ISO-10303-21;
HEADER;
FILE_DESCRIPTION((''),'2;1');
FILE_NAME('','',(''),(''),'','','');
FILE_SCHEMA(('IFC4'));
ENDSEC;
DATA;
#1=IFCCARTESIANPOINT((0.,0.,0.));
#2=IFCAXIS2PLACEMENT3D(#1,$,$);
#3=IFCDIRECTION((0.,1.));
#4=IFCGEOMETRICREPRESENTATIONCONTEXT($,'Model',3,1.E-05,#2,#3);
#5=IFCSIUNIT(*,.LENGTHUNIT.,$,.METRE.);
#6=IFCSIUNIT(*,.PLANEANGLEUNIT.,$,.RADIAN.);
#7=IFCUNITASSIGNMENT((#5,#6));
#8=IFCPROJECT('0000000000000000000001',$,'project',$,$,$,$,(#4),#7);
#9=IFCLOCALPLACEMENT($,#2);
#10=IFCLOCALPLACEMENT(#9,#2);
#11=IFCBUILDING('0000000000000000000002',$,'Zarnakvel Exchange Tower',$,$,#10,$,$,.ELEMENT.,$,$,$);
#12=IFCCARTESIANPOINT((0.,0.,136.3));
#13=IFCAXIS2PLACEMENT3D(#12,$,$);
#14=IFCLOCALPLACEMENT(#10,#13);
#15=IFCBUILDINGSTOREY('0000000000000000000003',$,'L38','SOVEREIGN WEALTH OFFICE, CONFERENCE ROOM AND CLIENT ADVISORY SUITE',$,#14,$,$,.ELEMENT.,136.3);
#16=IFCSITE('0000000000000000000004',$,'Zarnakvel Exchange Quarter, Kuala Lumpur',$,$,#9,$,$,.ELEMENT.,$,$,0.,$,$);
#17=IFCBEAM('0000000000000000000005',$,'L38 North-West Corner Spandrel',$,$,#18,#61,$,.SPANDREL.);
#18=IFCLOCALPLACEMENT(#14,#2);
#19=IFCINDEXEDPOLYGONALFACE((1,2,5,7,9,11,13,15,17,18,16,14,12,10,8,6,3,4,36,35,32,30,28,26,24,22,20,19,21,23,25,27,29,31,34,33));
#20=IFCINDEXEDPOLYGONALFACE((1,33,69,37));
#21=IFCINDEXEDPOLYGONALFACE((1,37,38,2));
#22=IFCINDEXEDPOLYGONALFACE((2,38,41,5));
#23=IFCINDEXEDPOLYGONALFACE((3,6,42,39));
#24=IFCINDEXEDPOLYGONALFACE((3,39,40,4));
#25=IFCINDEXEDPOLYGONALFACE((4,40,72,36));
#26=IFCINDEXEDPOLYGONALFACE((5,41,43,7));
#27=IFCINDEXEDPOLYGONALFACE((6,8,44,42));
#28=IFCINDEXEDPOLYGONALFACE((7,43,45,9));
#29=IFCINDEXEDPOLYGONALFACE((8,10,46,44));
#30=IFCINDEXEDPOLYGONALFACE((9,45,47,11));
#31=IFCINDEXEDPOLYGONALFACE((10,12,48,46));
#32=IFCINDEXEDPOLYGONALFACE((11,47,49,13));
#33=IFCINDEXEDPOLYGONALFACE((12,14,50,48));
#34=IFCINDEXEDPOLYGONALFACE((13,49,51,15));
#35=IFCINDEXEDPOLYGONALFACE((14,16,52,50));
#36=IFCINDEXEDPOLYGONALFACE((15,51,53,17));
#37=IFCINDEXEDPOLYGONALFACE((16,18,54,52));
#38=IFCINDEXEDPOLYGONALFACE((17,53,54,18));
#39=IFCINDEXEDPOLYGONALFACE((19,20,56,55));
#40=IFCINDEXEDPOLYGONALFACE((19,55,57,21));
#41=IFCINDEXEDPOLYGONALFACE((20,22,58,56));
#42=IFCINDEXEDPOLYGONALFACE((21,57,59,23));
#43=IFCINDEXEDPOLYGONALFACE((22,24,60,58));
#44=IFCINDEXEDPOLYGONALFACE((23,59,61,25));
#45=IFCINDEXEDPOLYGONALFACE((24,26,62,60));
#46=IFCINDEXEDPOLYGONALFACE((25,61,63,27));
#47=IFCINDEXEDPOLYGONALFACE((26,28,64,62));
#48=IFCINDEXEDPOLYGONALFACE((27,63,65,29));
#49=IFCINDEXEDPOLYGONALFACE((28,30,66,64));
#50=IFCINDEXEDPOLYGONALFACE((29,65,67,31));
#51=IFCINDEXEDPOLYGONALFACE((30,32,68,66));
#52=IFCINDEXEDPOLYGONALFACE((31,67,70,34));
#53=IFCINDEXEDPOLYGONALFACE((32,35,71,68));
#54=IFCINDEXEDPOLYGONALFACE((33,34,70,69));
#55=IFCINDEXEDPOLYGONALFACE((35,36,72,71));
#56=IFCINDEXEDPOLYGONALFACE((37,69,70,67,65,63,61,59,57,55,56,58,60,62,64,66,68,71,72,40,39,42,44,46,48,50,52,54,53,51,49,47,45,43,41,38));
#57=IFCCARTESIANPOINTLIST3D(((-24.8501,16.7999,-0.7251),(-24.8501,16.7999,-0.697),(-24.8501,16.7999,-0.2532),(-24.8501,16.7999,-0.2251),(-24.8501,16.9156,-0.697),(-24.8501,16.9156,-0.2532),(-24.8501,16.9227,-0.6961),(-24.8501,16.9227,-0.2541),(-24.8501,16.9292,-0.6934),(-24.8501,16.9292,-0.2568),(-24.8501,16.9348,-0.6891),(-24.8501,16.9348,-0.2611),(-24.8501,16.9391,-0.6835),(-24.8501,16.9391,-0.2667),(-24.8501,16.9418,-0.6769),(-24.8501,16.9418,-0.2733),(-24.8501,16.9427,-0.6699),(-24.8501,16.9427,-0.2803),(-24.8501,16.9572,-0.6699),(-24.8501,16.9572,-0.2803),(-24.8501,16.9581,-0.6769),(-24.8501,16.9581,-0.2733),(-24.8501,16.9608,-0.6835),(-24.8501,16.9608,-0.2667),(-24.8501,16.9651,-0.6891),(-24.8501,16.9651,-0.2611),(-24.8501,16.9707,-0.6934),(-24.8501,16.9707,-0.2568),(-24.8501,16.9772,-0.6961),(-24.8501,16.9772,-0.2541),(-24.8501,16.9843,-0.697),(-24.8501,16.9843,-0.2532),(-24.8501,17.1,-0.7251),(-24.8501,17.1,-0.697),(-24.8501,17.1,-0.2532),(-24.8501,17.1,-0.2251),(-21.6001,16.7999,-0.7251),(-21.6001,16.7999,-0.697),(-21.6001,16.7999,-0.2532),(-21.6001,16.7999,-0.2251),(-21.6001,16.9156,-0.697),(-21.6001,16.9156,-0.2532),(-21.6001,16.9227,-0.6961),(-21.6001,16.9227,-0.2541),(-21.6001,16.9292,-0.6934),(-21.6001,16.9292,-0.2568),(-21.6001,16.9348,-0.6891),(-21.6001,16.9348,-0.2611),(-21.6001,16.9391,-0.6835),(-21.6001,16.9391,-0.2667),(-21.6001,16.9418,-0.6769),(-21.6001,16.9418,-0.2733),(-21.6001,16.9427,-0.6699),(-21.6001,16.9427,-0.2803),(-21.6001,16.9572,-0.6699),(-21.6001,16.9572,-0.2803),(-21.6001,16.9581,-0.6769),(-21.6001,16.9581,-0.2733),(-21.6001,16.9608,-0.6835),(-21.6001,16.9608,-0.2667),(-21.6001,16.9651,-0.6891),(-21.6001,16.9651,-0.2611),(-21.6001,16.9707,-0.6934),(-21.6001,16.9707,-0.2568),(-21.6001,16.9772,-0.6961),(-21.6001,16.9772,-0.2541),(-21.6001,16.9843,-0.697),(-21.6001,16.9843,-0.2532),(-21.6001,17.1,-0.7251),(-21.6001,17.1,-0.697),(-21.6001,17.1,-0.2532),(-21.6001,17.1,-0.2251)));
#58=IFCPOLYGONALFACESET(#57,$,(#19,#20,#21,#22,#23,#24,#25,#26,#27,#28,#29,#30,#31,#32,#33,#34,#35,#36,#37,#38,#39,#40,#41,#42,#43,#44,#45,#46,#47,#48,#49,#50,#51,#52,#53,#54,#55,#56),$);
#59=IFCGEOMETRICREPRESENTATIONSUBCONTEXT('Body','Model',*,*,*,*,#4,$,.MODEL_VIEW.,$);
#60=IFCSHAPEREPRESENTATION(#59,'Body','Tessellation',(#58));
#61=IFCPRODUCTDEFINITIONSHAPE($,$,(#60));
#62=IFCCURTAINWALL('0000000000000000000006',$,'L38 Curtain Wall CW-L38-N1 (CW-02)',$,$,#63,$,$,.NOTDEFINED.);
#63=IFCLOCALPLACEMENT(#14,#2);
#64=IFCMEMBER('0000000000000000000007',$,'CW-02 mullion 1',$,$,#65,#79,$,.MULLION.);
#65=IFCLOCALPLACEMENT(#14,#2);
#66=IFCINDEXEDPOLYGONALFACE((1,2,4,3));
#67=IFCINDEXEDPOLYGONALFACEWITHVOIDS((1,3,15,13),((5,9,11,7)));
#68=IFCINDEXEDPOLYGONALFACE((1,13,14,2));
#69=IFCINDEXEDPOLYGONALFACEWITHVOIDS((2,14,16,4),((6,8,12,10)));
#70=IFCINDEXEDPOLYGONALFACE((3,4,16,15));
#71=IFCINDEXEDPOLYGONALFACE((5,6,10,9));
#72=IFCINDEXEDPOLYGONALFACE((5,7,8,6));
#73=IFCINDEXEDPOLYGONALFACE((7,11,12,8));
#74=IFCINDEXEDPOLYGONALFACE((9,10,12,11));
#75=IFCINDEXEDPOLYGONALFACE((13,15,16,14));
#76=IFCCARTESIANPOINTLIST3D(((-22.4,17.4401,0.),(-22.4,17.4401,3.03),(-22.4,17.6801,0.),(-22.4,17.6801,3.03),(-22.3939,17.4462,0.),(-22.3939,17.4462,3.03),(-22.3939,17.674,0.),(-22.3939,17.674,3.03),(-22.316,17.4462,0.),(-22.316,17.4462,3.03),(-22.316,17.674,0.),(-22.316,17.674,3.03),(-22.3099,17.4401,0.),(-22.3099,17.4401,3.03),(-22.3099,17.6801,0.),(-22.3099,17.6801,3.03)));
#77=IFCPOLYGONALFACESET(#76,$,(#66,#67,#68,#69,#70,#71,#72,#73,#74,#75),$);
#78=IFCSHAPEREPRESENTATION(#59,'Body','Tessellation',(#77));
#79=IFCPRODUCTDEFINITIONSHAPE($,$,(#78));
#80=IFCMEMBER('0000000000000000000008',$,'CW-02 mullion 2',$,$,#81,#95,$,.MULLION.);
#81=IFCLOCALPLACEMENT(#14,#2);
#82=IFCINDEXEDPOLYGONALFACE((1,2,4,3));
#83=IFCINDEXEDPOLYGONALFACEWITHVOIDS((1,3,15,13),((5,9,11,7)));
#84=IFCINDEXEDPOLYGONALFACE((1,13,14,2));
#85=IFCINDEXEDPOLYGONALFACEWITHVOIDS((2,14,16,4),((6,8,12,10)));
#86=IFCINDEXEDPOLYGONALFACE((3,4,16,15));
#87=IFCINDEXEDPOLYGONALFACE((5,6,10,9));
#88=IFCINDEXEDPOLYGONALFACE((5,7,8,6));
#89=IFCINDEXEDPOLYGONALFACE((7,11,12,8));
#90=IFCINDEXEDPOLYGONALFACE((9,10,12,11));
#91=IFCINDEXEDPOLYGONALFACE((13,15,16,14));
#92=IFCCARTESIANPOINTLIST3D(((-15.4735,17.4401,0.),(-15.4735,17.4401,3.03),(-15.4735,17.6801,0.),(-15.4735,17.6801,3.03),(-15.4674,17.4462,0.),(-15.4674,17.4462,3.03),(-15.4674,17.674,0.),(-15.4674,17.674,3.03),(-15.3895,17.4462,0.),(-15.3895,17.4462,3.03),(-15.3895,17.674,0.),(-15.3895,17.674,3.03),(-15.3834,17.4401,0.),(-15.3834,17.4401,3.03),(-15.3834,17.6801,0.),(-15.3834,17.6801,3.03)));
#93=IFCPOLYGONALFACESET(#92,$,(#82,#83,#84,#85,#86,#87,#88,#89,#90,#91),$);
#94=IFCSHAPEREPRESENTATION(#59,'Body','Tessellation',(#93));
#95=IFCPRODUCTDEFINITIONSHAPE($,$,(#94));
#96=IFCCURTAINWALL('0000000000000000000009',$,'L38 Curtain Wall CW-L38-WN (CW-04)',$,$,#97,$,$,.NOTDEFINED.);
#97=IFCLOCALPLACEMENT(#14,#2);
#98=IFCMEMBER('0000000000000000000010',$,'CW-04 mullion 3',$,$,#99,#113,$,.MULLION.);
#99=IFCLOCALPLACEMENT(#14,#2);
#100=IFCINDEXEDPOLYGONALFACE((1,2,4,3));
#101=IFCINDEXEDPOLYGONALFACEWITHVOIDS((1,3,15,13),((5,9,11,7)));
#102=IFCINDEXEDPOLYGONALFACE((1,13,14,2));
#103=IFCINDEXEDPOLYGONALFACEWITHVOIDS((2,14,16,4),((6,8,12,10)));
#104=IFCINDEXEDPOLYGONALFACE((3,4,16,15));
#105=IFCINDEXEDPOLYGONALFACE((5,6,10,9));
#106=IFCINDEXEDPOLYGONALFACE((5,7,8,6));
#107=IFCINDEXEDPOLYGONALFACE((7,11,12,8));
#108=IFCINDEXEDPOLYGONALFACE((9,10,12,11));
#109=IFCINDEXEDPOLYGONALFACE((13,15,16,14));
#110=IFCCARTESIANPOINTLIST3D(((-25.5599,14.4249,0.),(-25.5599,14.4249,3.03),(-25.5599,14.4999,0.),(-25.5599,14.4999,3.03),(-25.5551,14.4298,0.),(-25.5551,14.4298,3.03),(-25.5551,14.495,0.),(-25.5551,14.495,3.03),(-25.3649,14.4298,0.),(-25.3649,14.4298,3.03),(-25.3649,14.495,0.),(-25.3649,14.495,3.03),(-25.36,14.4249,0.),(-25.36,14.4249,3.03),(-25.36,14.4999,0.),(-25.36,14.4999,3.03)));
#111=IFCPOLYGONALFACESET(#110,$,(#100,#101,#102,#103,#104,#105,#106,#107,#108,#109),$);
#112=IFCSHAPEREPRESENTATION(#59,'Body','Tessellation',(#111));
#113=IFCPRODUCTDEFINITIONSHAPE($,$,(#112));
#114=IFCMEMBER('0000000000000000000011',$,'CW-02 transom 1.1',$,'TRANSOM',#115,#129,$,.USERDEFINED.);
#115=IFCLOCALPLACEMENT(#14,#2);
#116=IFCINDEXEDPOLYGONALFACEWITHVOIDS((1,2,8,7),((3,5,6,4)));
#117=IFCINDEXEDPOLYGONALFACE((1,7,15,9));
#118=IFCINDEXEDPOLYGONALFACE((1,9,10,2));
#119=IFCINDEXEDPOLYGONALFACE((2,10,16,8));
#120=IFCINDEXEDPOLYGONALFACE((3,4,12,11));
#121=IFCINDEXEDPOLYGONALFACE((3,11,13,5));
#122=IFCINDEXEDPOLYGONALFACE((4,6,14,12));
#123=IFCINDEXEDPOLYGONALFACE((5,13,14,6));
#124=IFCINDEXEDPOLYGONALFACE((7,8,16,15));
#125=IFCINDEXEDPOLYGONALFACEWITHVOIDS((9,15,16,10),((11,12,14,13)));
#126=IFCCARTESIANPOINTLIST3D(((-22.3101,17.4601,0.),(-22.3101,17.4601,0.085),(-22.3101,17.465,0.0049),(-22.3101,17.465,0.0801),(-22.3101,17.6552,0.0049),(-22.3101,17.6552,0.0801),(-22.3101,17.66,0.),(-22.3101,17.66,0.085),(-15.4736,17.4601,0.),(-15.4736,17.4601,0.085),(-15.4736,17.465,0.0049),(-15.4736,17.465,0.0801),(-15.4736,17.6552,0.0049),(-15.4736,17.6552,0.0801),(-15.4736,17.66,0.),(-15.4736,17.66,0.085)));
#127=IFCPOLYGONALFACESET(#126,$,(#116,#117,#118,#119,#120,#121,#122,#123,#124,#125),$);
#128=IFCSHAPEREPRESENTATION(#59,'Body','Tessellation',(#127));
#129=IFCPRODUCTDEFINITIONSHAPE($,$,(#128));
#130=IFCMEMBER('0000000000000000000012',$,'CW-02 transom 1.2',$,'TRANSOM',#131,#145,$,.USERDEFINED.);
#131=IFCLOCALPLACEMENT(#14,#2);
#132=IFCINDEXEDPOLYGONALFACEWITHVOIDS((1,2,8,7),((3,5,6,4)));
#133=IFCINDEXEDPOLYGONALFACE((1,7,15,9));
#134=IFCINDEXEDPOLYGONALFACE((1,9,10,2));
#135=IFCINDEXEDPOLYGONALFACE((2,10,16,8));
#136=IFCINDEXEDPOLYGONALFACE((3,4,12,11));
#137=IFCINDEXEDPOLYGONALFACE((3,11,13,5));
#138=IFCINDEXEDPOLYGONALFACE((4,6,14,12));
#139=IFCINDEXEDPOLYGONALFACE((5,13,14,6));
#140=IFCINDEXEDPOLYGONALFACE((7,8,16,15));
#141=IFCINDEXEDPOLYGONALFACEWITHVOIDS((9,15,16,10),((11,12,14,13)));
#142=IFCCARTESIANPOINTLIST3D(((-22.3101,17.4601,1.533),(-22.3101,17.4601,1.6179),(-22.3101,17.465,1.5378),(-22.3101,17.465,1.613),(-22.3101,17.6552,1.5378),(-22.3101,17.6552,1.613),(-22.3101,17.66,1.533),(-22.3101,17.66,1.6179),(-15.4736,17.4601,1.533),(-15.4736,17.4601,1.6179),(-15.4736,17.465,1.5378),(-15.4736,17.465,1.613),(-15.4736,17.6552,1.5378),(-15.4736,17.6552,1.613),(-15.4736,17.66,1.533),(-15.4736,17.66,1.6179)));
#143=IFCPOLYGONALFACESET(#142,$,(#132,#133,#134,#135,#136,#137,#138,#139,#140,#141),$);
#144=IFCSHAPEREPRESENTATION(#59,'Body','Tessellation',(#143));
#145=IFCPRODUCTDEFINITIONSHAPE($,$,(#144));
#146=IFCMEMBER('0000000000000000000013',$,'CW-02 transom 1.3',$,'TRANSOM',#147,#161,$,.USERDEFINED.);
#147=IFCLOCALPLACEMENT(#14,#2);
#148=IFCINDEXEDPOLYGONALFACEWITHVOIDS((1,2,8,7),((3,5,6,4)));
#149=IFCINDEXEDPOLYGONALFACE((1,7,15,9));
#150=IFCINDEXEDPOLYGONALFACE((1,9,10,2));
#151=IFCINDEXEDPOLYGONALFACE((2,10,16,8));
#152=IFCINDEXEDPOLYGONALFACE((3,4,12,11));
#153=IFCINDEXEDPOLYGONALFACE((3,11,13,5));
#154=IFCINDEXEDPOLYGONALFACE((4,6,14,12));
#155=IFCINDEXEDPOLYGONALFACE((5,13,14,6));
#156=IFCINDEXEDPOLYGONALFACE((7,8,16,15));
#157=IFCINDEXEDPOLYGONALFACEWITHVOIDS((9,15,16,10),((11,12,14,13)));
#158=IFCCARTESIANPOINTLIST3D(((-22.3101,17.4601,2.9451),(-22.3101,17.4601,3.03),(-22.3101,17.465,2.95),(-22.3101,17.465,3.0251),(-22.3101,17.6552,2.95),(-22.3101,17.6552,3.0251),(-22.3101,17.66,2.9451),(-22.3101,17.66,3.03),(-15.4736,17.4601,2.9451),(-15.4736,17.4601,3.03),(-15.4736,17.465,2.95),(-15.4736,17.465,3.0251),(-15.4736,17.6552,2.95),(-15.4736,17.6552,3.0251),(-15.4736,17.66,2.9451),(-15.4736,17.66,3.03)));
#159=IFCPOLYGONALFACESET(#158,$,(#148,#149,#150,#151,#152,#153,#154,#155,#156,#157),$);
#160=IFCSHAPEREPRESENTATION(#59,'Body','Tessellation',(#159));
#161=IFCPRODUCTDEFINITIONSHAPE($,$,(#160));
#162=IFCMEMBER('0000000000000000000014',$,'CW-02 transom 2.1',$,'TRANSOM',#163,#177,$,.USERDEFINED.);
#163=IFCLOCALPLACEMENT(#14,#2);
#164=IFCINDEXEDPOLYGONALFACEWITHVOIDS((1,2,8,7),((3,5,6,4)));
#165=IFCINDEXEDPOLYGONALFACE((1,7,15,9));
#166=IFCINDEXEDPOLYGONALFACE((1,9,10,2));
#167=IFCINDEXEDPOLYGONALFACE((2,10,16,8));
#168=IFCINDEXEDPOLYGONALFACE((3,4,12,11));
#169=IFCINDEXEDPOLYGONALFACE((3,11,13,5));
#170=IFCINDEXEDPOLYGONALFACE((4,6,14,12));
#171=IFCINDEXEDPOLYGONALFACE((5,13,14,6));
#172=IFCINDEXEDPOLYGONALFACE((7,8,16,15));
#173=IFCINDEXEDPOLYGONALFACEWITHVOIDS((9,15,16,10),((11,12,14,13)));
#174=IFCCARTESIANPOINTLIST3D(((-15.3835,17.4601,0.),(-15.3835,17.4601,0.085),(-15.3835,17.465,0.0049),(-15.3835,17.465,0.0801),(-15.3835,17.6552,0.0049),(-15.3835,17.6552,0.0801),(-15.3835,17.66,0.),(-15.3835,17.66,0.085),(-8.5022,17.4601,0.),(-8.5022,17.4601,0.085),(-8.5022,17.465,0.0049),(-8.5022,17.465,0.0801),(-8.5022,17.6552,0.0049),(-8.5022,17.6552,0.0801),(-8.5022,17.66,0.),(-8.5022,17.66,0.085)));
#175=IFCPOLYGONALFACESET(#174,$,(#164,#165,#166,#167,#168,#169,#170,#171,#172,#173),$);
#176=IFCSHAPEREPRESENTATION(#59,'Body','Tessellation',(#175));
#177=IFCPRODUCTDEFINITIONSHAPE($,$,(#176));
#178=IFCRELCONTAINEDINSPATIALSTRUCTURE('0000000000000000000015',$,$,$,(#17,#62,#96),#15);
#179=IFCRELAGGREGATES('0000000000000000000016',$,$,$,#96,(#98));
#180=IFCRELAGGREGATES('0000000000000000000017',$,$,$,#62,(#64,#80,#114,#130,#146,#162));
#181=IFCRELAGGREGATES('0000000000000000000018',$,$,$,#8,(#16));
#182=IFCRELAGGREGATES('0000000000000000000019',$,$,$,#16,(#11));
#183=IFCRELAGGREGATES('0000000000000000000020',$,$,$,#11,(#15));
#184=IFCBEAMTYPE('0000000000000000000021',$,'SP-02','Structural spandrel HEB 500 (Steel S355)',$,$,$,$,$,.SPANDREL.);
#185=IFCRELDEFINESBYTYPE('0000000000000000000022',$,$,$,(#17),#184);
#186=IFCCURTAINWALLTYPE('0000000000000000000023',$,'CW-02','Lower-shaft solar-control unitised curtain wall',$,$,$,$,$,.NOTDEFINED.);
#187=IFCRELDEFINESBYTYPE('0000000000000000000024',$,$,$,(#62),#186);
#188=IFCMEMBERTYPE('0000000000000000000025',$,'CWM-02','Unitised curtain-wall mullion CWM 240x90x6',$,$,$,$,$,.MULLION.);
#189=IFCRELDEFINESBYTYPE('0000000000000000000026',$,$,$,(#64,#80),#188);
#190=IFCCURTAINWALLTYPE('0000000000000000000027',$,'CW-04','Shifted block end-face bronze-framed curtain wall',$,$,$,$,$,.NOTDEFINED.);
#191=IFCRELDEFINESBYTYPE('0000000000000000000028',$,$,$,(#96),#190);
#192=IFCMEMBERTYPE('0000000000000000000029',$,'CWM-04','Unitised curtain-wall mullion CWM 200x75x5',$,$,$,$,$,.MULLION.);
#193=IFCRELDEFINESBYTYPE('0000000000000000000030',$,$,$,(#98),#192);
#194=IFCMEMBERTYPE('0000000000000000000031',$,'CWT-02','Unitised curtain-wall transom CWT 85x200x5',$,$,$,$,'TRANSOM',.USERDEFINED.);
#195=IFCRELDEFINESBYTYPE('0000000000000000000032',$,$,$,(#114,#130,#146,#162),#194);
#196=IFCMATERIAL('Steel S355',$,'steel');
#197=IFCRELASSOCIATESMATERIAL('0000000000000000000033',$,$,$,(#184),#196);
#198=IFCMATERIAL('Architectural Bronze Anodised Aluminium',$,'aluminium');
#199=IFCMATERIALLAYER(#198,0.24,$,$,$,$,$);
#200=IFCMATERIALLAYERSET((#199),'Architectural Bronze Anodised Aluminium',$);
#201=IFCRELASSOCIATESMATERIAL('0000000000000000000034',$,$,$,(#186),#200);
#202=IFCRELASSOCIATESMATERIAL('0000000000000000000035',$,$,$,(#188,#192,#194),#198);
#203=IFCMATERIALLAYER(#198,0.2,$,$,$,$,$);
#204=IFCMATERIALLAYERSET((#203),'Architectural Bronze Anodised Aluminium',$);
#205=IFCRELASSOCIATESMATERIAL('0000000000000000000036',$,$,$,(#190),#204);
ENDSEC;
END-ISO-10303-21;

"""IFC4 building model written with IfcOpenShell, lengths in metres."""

from ifc_helpers import new_model, si_unit, direction, frame, origin, origin_2d, place, context, subcontext, project, spatial, hollow_rectangle, i_section, extrude, source, transform, mapped, material, layer, layer_set, material_profile, profile_set, type_object, element, aggregate, save


model = new_model("IFC4")

# Units and contexts
model_context = context("Model", 3, precision=1e-05, world=origin(), true_north=direction((0.0, 1.0)))
body_context = subcontext(model_context, "Body", "Model", "MODEL_VIEW")
ifc_project = project(units=[si_unit("LENGTHUNIT", "METRE"), si_unit("PLANEANGLEUNIT", "RADIAN")], contexts=[model_context])

# Site, building, storey
site_placement = place(None, origin())
site = spatial("IfcSite", under=ifc_project, at=site_placement, Name="Zarnakvel Exchange Quarter, Kuala Lumpur", CompositionType="ELEMENT", RefElevation=0.0)
building_placement = place(site_placement, origin())
building = spatial("IfcBuilding", under=site, at=building_placement, Name="Zarnakvel Exchange Tower", CompositionType="ELEMENT")
storey_placement = place(building_placement, frame((0.0, 0.0, 136.3)))
storey = spatial("IfcBuildingStorey", under=building, at=storey_placement, Name="L38", Description="SOVEREIGN WEALTH OFFICE, CONFERENCE ROOM AND CLIENT ADVISORY SUITE", CompositionType="ELEMENT", Elevation=136.3)

# Beam
ifc_material_1 = material(Name="Steel S355", Category="steel")
ifc_material_profile_1 = material_profile(ifc_material_1, i_section(OverallWidth=0.3, OverallDepth=0.5, WebThickness=0.0144, FlangeThickness=0.0281, FilletRadius=0.0271, at=origin_2d()))
ifc_profile_set_1 = profile_set([ifc_material_profile_1], Name="Steel S355")
beam_type_1 = type_object("IfcBeamType", Name="SP-02", Description="Structural spandrel HEB 500 (Steel S355)", PredefinedType="SPANDREL", material=ifc_profile_set_1)
beam_1_placement = place(storey_placement, frame((-24.8501, 16.95, -0.4751), z_axis=(1.0, 0.0, 0.0), x_axis=(0.0, 1.0, 0.0)))
element("IfcBeam", 1, at=beam_1_placement, inside=storey, type_object=beam_type_1, Name="L38 North-West Corner Spandrel", PredefinedType="SPANDREL", context=body_context, shape_type="SweptSolid", body=[
    extrude(i_section(OverallWidth=0.3, OverallDepth=0.5, WebThickness=0.0144, FlangeThickness=0.0281, FilletRadius=0.0271, at=origin_2d()), origin(), (0.0, 0.0, 1.0), 3.25),
])

# Curtain wall, members
ifc_material_2 = material(Name="Architectural Bronze Anodised Aluminium", Category="aluminium")
ifc_layer_1 = layer(ifc_material_2, 0.24)
ifc_layer_set_1 = layer_set([ifc_layer_1], Name="Architectural Bronze Anodised Aluminium")
curtain_wall_type_1 = type_object("IfcCurtainWallType", Name="CW-02", Description="Lower-shaft solar-control unitised curtain wall", PredefinedType="NOTDEFINED", material=ifc_layer_set_1)
curtain_wall_1_placement = place(storey_placement, origin())
curtain_wall_1 = element("IfcCurtainWall", 2, at=curtain_wall_1_placement, inside=storey, type_object=curtain_wall_type_1, Name="L38 Curtain Wall CW-L38-N1 (CW-02)", PredefinedType="NOTDEFINED")
ifc_material_profile_2 = material_profile(ifc_material_2, hollow_rectangle(XDim=0.24, YDim=0.0901, WallThickness=0.0061, at=origin_2d()))
ifc_profile_set_2 = profile_set([ifc_material_profile_2], Name="Architectural Bronze Anodised Aluminium")
member_type_1 = type_object("IfcMemberType", Name="CWM-02", Description="Unitised curtain-wall mullion CWM 240x90x6", PredefinedType="MULLION", material=ifc_profile_set_2)
shared_shape_1 = source(origin(), body_context, "Body", "SweptSolid", [
    extrude(hollow_rectangle(XDim=0.24, YDim=0.0901, WallThickness=0.0061, at=origin_2d()), origin(), (0.0, 0.0, 1.0), 3.03),
])
member_1_placement = place(storey_placement, frame((-22.355, 17.5601, 0.0), z_axis=(0.0, 0.0, 1.0), x_axis=(0.0, 1.0, 0.0)))
member_1 = element("IfcMember", 3, at=member_1_placement, type_object=member_type_1, Name="CW-02 mullion 1", PredefinedType="MULLION", context=body_context, shape_type="MappedRepresentation", body=[
    mapped(shared_shape_1, transform((0.0, 0.0, 0.0), x_axis=(1.0, 0.0, 0.0), y_axis=(0.0, 1.0, 0.0), z_axis=(0.0, 0.0, 1.0), scale=1.0)),
])
member_2_placement = place(storey_placement, frame((-15.4285, 17.5601, 0.0), z_axis=(0.0, 0.0, 1.0), x_axis=(0.0, 1.0, 0.0)))
member_2 = element("IfcMember", 4, at=member_2_placement, type_object=member_type_1, Name="CW-02 mullion 2", PredefinedType="MULLION", context=body_context, shape_type="MappedRepresentation", body=[
    mapped(shared_shape_1, transform((0.0, 0.0, 0.0), x_axis=(1.0, 0.0, 0.0), y_axis=(0.0, 1.0, 0.0), z_axis=(0.0, 0.0, 1.0), scale=1.0)),
])

# Curtain wall, member
ifc_layer_2 = layer(ifc_material_2, 0.2)
ifc_layer_set_2 = layer_set([ifc_layer_2], Name="Architectural Bronze Anodised Aluminium")
curtain_wall_type_2 = type_object("IfcCurtainWallType", Name="CW-04", Description="Shifted block end-face bronze-framed curtain wall", PredefinedType="NOTDEFINED", material=ifc_layer_set_2)
curtain_wall_2_placement = place(storey_placement, origin())
curtain_wall_2 = element("IfcCurtainWall", 5, at=curtain_wall_2_placement, inside=storey, type_object=curtain_wall_type_2, Name="L38 Curtain Wall CW-L38-WN (CW-04)", PredefinedType="NOTDEFINED")
ifc_material_profile_3 = material_profile(ifc_material_2, hollow_rectangle(XDim=0.2, YDim=0.075, WallThickness=0.0049, at=origin_2d()))
ifc_profile_set_3 = profile_set([ifc_material_profile_3], Name="Architectural Bronze Anodised Aluminium")
member_type_2 = type_object("IfcMemberType", Name="CWM-04", Description="Unitised curtain-wall mullion CWM 200x75x5", PredefinedType="MULLION", material=ifc_profile_set_3)
shared_shape_2 = source(origin(), body_context, "Body", "SweptSolid", [
    extrude(hollow_rectangle(XDim=0.2, YDim=0.075, WallThickness=0.0049, at=origin_2d()), origin(), (0.0, 0.0, 1.0), 3.03),
])
member_3_placement = place(storey_placement, frame((-25.46, 14.4624, 0.0), z_axis=(0.0, 0.0, 1.0), x_axis=(-1.0, 0.0, 0.0)))
member_3 = element("IfcMember", 6, at=member_3_placement, type_object=member_type_2, Name="CW-04 mullion 3", PredefinedType="MULLION", context=body_context, shape_type="MappedRepresentation", body=[
    mapped(shared_shape_2, transform((0.0, 0.0, 0.0), x_axis=(1.0, 0.0, 0.0), y_axis=(0.0, 1.0, 0.0), z_axis=(0.0, 0.0, 1.0), scale=1.0)),
])
aggregate(curtain_wall_2, [member_3])

# Members
ifc_material_profile_4 = material_profile(ifc_material_2, hollow_rectangle(XDim=0.2, YDim=0.085, WallThickness=0.0049, at=origin_2d()))
ifc_profile_set_4 = profile_set([ifc_material_profile_4], Name="Architectural Bronze Anodised Aluminium")
member_type_3 = type_object("IfcMemberType", Name="CWT-02", Description="Unitised curtain-wall transom CWT 85x200x5", ElementType="TRANSOM", PredefinedType="USERDEFINED", material=ifc_profile_set_4)
shared_shape_3 = source(origin(), body_context, "Body", "SweptSolid", [
    extrude(hollow_rectangle(XDim=0.2, YDim=0.085, WallThickness=0.0049, at=origin_2d()), origin(), (0.0, 0.0, 1.0), 6.8364),
])
member_4_placement = place(storey_placement, frame((-22.3101, 17.5601, 0.0425), z_axis=(1.0, 0.0, 0.0), x_axis=(0.0, 1.0, 0.0)))
member_4 = element("IfcMember", 7, at=member_4_placement, type_object=member_type_3, Name="CW-02 transom 1.1", ObjectType="TRANSOM", PredefinedType="USERDEFINED", context=body_context, shape_type="MappedRepresentation", body=[
    mapped(shared_shape_3, transform((0.0, 0.0, 0.0), x_axis=(1.0, 0.0, 0.0), y_axis=(0.0, 1.0, 0.0), z_axis=(0.0, 0.0, 1.0), scale=1.0)),
])
member_5_placement = place(storey_placement, frame((-22.3101, 17.5601, 1.5754), z_axis=(1.0, 0.0, 0.0), x_axis=(0.0, 1.0, 0.0)))
member_5 = element("IfcMember", 8, at=member_5_placement, type_object=member_type_3, Name="CW-02 transom 1.2", ObjectType="TRANSOM", PredefinedType="USERDEFINED", context=body_context, shape_type="MappedRepresentation", body=[
    mapped(shared_shape_3, transform((0.0, 0.0, 0.0), x_axis=(1.0, 0.0, 0.0), y_axis=(0.0, 1.0, 0.0), z_axis=(0.0, 0.0, 1.0), scale=1.0)),
])
member_6_placement = place(storey_placement, frame((-22.3101, 17.5601, 2.9875), z_axis=(1.0, 0.0, 0.0), x_axis=(0.0, 1.0, 0.0)))
member_6 = element("IfcMember", 9, at=member_6_placement, type_object=member_type_3, Name="CW-02 transom 1.3", ObjectType="TRANSOM", PredefinedType="USERDEFINED", context=body_context, shape_type="MappedRepresentation", body=[
    mapped(shared_shape_3, transform((0.0, 0.0, 0.0), x_axis=(1.0, 0.0, 0.0), y_axis=(0.0, 1.0, 0.0), z_axis=(0.0, 0.0, 1.0), scale=1.0)),
])
shared_shape_4 = source(origin(), body_context, "Body", "SweptSolid", [
    extrude(hollow_rectangle(XDim=0.2, YDim=0.085, WallThickness=0.0049, at=origin_2d()), origin(), (0.0, 0.0, 1.0), 6.8813),
])
member_7_placement = place(storey_placement, frame((-15.3835, 17.5601, 0.0425), z_axis=(1.0, 0.0, 0.0), x_axis=(0.0, 1.0, 0.0)))
member_7 = element("IfcMember", 10, at=member_7_placement, type_object=member_type_3, Name="CW-02 transom 2.1", ObjectType="TRANSOM", PredefinedType="USERDEFINED", context=body_context, shape_type="MappedRepresentation", body=[
    mapped(shared_shape_4, transform((0.0, 0.0, 0.0), x_axis=(1.0, 0.0, 0.0), y_axis=(0.0, 1.0, 0.0), z_axis=(0.0, 0.0, 1.0), scale=1.0)),
])

aggregate(curtain_wall_1, [member_1, member_2, member_4, member_5, member_6, member_7])

save(model, "model.ifc")
